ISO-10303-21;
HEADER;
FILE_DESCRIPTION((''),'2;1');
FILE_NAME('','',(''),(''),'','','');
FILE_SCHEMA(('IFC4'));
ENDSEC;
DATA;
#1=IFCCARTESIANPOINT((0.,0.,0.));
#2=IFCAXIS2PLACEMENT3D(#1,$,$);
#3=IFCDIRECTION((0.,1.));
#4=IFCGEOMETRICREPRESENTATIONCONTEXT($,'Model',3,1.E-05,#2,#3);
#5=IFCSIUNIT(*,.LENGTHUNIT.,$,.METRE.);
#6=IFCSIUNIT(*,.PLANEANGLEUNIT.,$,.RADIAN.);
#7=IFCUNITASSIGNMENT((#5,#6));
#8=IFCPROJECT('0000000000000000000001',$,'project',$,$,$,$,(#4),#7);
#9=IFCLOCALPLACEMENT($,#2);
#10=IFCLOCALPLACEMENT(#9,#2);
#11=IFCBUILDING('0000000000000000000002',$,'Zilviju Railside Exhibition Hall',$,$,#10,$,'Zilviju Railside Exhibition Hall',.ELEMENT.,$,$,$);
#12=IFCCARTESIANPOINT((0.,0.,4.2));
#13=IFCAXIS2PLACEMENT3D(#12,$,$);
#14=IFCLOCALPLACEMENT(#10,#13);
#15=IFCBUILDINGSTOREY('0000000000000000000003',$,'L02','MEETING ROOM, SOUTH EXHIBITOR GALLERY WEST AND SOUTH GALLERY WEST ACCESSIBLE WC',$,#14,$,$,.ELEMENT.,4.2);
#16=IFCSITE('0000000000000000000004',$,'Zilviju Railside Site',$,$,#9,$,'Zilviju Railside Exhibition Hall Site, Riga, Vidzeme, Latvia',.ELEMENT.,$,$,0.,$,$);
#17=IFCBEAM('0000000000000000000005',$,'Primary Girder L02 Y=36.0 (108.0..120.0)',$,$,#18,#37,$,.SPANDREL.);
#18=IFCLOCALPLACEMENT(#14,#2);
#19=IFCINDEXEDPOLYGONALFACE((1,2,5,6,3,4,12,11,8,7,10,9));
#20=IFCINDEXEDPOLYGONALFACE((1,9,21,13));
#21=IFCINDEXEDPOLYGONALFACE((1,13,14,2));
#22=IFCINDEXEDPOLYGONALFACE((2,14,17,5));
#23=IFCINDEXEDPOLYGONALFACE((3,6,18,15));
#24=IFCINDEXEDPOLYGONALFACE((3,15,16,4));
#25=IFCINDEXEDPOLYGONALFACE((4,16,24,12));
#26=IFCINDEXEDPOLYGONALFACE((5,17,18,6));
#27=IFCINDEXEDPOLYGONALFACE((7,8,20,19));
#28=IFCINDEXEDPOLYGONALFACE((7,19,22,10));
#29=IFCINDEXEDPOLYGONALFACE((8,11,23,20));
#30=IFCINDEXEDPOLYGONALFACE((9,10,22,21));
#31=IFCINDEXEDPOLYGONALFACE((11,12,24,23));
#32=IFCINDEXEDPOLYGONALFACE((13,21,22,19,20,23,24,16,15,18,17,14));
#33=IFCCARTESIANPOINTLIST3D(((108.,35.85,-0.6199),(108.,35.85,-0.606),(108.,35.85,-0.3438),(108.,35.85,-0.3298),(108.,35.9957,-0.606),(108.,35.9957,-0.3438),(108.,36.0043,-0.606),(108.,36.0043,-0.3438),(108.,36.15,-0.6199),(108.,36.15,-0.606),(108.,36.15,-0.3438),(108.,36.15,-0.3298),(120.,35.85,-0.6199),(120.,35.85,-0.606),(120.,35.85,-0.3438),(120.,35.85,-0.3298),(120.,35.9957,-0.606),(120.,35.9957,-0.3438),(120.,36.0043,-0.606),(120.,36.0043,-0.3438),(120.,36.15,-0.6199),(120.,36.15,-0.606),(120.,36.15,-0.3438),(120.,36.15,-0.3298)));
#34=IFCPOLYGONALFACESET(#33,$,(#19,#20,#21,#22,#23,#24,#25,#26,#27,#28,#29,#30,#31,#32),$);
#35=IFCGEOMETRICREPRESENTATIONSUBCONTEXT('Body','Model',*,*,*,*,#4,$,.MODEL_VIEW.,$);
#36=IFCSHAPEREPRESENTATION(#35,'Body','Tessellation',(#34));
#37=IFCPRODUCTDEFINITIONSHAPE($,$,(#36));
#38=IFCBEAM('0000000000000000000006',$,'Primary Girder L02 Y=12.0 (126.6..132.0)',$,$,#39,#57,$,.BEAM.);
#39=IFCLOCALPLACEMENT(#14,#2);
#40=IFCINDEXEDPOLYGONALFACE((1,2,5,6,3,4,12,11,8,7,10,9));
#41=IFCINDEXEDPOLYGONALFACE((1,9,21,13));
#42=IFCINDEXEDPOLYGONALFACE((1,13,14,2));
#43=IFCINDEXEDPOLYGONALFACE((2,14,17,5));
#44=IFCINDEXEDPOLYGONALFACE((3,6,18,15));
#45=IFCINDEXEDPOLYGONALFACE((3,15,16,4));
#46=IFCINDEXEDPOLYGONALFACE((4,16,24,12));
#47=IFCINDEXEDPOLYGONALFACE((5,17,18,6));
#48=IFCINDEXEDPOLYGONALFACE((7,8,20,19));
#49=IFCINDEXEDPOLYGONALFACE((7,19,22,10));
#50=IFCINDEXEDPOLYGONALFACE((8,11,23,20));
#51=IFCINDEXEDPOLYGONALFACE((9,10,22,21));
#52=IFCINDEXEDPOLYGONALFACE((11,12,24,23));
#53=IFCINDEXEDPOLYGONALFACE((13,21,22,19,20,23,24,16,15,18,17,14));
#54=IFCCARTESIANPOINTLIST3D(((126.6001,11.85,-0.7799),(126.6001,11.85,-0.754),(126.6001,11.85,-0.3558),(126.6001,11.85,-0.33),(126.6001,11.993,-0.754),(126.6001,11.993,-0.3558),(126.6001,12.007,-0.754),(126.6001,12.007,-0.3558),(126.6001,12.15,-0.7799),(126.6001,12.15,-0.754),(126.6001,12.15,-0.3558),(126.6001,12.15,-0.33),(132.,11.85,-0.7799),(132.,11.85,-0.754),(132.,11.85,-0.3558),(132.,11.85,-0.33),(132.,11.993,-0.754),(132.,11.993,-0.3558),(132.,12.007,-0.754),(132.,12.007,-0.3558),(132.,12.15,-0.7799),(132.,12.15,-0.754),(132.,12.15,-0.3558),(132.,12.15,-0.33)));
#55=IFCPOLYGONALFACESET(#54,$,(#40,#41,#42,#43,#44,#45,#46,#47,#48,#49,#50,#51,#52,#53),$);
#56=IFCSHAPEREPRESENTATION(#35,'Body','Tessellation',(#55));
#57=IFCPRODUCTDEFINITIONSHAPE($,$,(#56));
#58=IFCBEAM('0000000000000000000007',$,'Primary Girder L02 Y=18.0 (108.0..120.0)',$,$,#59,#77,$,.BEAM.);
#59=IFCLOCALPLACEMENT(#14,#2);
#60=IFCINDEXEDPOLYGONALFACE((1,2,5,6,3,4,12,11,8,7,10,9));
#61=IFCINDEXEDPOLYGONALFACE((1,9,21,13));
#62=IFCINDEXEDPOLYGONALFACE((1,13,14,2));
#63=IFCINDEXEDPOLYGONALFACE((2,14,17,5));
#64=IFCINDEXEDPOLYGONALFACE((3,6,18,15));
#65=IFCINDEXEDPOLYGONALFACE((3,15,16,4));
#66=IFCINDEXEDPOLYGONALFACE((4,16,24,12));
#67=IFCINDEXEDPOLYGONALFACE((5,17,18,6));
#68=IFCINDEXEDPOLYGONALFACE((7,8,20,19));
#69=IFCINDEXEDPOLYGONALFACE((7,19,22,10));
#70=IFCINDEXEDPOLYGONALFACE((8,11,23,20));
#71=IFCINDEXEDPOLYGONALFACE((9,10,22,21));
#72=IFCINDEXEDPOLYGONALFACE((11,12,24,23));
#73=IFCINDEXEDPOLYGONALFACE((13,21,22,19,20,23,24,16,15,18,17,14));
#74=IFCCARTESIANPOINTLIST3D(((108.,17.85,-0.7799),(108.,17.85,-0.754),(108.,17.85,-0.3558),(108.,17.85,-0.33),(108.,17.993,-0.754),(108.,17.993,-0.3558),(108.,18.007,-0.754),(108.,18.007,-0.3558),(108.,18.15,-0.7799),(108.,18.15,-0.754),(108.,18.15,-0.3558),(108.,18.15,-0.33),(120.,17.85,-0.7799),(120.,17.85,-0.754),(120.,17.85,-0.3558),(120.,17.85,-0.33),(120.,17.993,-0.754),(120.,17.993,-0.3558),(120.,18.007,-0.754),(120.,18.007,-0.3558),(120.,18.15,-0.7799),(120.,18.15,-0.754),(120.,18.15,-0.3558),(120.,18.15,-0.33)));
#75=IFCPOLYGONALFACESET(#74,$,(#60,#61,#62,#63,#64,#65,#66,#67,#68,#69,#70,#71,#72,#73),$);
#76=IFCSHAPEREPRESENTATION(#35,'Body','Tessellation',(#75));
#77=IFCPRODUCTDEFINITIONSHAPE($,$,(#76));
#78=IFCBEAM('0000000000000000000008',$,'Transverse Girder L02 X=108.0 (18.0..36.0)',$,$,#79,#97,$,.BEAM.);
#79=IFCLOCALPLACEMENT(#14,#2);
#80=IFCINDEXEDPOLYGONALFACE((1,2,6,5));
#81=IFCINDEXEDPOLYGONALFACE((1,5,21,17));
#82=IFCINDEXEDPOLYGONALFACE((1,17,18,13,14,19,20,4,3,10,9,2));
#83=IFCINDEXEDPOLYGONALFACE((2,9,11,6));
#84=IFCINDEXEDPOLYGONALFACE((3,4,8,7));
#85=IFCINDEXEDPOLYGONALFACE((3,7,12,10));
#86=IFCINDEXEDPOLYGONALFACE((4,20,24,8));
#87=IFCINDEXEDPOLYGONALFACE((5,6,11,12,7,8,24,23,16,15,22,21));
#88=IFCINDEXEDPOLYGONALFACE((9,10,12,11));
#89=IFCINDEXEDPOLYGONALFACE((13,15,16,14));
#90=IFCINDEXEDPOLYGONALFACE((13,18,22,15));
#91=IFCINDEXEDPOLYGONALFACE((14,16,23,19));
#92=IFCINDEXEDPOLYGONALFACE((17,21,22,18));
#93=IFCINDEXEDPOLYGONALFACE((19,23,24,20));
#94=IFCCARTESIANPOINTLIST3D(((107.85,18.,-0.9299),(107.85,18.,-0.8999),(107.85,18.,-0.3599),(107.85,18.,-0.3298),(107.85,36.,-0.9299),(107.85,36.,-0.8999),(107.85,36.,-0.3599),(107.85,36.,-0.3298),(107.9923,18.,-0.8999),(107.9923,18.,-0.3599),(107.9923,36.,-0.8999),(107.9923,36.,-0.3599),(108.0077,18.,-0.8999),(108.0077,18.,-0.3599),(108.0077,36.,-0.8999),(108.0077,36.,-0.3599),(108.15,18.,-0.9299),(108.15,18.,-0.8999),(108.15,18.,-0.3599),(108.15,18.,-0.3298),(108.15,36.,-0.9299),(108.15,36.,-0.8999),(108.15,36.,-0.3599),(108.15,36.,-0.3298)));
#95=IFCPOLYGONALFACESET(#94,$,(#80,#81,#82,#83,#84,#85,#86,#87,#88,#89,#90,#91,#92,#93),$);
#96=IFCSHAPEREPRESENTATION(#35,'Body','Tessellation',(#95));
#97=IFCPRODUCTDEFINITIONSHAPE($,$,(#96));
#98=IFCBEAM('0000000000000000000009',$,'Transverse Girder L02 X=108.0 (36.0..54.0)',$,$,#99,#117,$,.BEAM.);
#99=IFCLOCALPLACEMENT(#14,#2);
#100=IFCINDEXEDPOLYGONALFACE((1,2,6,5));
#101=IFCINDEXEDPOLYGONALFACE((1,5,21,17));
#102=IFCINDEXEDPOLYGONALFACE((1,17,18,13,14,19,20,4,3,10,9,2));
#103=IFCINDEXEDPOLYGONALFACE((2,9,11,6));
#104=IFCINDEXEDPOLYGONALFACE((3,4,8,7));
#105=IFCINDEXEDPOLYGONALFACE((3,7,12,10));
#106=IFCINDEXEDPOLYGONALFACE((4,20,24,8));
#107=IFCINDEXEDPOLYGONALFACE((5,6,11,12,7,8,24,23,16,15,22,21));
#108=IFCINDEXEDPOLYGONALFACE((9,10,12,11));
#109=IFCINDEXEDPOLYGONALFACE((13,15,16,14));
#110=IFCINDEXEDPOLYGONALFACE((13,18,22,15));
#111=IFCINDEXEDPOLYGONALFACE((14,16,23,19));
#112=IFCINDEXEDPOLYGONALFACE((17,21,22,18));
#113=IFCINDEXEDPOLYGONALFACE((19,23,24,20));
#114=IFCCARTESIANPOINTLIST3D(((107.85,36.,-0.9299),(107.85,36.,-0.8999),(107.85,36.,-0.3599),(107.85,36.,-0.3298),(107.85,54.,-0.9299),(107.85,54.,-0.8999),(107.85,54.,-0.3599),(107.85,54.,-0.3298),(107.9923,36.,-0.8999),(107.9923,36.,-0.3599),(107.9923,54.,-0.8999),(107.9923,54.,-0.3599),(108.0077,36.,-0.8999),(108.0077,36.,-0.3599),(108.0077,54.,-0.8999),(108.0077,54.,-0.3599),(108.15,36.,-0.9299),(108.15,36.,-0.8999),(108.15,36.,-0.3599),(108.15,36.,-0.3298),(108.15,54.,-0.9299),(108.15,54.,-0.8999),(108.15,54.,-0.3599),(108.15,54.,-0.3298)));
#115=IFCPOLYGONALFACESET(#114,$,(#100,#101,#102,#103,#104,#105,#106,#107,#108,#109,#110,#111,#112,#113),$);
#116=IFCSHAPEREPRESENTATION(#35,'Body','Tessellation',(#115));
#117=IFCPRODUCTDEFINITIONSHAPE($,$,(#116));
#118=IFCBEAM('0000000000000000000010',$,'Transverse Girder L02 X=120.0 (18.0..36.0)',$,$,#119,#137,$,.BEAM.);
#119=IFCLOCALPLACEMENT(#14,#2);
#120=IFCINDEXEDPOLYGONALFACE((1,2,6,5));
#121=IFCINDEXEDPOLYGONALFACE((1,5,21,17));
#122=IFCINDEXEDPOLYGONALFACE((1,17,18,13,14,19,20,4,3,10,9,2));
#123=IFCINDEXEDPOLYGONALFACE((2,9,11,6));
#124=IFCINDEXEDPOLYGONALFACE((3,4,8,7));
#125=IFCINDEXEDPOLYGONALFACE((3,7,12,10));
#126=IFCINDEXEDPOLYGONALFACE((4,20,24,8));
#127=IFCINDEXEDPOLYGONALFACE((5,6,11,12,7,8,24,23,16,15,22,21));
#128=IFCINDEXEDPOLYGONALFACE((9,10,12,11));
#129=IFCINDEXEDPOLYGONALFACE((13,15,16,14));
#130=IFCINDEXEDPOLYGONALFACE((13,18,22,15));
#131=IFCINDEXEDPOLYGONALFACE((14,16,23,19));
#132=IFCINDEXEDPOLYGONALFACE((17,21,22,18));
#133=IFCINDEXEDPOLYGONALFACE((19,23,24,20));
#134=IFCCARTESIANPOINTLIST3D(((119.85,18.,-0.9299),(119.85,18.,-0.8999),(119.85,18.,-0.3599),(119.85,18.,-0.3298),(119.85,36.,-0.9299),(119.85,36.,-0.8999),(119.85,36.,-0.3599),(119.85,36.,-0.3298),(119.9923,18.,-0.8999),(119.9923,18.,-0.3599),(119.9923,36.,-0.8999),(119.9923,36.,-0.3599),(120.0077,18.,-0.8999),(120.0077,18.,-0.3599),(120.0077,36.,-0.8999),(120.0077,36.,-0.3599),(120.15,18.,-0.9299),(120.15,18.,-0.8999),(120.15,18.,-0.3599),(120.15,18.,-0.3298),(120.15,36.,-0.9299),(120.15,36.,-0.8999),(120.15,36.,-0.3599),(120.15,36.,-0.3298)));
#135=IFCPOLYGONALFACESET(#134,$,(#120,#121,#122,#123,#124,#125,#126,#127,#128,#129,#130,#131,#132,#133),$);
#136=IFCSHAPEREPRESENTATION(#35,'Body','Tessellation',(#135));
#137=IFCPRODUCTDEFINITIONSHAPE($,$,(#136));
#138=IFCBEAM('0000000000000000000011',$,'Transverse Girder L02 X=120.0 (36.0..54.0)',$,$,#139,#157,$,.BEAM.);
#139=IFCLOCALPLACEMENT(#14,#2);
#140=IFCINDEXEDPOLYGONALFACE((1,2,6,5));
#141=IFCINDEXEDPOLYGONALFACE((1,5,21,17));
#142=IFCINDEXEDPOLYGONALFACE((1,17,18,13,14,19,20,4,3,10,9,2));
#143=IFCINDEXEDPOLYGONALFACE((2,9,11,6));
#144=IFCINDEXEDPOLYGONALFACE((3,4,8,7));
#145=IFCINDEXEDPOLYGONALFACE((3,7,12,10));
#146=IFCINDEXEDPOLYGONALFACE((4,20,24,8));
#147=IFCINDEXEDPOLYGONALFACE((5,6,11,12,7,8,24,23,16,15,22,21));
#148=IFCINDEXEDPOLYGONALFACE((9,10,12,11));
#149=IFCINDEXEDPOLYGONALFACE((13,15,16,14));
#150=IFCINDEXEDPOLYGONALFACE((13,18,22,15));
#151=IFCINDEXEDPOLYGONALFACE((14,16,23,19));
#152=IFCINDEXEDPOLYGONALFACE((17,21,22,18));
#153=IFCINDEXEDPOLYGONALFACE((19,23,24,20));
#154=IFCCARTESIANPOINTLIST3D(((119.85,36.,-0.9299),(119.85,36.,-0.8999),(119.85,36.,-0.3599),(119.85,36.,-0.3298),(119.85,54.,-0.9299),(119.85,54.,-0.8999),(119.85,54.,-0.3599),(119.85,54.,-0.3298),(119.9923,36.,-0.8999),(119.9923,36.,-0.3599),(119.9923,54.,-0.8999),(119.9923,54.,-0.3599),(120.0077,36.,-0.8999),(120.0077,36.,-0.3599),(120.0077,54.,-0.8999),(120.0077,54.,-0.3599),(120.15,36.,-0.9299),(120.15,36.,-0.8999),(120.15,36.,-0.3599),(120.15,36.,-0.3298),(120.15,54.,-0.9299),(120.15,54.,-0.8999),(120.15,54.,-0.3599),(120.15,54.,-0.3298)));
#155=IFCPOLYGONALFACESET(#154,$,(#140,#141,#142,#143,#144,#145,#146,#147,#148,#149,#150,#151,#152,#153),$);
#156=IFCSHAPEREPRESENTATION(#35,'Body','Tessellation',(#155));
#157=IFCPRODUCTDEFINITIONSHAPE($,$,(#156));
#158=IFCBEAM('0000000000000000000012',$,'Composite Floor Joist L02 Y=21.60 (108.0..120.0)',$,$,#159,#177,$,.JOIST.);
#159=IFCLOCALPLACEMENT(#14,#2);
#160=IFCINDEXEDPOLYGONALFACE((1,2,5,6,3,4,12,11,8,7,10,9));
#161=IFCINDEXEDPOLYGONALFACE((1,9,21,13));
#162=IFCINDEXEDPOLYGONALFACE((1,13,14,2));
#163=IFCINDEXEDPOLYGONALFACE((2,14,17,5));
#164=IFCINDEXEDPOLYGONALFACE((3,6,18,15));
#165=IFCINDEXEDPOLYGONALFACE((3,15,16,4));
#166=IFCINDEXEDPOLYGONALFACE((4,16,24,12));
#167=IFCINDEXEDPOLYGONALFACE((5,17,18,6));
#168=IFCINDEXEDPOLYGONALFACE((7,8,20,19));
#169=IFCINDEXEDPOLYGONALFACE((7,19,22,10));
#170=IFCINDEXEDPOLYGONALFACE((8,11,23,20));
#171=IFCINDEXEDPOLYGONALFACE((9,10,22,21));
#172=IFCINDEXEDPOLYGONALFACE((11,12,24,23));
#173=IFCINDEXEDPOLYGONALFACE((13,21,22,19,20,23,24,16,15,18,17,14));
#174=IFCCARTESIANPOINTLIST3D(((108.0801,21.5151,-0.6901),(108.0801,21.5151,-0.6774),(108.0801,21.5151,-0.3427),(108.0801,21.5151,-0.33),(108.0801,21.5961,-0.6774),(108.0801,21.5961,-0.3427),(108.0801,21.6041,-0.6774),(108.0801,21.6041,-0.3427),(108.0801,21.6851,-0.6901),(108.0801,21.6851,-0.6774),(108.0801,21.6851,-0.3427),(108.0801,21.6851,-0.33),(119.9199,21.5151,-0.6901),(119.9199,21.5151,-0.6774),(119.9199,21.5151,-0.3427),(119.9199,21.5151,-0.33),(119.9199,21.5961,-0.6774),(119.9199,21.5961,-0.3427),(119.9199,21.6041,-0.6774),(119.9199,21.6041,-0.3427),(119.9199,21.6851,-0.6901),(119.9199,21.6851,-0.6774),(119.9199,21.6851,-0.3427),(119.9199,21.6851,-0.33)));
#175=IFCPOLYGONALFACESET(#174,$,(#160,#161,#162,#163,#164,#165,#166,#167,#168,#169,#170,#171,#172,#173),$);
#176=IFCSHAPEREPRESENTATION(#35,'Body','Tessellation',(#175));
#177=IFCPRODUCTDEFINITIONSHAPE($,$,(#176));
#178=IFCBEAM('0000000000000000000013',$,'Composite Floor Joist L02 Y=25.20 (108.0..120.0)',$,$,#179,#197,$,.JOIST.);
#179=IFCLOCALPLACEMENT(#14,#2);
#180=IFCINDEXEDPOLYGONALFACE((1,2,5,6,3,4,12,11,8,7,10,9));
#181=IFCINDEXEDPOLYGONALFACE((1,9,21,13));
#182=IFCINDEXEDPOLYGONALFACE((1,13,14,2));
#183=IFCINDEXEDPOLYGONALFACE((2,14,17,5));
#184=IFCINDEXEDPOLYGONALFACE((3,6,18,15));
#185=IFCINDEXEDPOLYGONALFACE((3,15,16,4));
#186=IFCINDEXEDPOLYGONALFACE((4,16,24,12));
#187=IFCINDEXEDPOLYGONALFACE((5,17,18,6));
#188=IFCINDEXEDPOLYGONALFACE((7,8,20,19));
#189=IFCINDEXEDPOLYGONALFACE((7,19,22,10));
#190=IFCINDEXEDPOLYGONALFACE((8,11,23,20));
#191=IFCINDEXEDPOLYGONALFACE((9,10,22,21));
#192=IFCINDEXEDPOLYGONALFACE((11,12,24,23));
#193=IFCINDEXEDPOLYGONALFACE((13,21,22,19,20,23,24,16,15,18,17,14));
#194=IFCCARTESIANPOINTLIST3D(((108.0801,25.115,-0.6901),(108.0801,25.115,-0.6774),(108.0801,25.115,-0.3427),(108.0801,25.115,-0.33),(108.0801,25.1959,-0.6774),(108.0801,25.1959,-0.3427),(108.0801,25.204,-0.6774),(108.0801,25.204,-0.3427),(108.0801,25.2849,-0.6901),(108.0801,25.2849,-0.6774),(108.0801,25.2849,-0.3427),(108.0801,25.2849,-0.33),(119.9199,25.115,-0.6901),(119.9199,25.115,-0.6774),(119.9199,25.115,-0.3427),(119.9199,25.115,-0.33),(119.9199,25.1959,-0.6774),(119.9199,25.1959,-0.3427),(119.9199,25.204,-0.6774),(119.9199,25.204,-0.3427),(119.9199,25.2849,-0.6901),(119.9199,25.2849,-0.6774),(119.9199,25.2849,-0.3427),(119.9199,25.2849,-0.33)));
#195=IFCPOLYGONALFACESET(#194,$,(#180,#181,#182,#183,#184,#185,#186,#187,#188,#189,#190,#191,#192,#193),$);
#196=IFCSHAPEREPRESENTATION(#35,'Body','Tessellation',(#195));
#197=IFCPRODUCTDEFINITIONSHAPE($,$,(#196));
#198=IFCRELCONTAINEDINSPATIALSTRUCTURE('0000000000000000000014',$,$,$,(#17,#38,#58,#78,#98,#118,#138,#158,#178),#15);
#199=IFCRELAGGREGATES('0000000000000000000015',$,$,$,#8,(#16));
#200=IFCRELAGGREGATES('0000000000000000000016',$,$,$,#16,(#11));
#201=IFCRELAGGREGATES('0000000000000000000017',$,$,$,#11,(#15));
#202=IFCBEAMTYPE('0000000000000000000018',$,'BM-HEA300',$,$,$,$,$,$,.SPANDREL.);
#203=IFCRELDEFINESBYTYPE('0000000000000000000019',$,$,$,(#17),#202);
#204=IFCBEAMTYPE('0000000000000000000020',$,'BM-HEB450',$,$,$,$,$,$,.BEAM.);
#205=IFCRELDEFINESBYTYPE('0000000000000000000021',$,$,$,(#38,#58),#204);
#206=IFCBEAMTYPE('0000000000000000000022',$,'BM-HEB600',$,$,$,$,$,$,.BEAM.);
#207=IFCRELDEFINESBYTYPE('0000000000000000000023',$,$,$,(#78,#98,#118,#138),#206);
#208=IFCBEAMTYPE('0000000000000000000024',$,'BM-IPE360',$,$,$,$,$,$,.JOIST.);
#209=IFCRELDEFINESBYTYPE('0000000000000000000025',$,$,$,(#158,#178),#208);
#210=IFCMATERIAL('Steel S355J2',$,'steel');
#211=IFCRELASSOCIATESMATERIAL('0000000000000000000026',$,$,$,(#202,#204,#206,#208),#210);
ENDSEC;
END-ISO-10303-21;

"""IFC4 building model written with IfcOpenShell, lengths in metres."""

from ifc_helpers import new_model, si_unit, direction, frame, origin, origin_2d, place, context, subcontext, project, spatial, i_section, extrude, material, material_profile, profile_set, type_object, element, save


model = new_model("IFC4")

# Units and contexts
model_context = context("Model", 3, precision=1e-05, world=origin(), true_north=direction((0.0, 1.0)))
body_context = subcontext(model_context, "Body", "Model", "MODEL_VIEW")
ifc_project = project(units=[si_unit("LENGTHUNIT", "METRE"), si_unit("PLANEANGLEUNIT", "RADIAN")], contexts=[model_context])

# Site, building, storey
site_placement = place(None, origin())
site = spatial("IfcSite", under=ifc_project, at=site_placement, Name="Zilviju Railside Site", LongName="Zilviju Railside Exhibition Hall Site, Riga, Vidzeme, Latvia", CompositionType="ELEMENT", RefElevation=0.0)
building_placement = place(site_placement, origin())
building = spatial("IfcBuilding", under=site, at=building_placement, Name="Zilviju Railside Exhibition Hall", LongName="Zilviju Railside Exhibition Hall", CompositionType="ELEMENT")
storey_placement = place(building_placement, frame((0.0, 0.0, 4.2)))
storey = spatial("IfcBuildingStorey", under=building, at=storey_placement, Name="L02", Description="MEETING ROOM, SOUTH EXHIBITOR GALLERY WEST AND SOUTH GALLERY WEST ACCESSIBLE WC", CompositionType="ELEMENT", Elevation=4.2)

# Beams
ifc_material_1 = material(Name="Steel S355J2", Category="steel")
ifc_material_profile_1 = material_profile(ifc_material_1, i_section(OverallWidth=0.3, OverallDepth=0.29, WebThickness=0.0085, FlangeThickness=0.0139, at=origin_2d()), Name="HEA 300")
ifc_profile_set_1 = profile_set([ifc_material_profile_1], Name="Steel S355J2")
beam_type_1 = type_object("IfcBeamType", Name="BM-HEA300", PredefinedType="SPANDREL", material=ifc_profile_set_1)
beam_1_placement = place(storey_placement, frame((108.0, 36.0, -0.4749), z_axis=(1.0, 0.0, 0.0), x_axis=(0.0, 1.0, 0.0)))
element("IfcBeam", 1, at=beam_1_placement, inside=storey, type_object=beam_type_1, Name="Primary Girder L02 Y=36.0 (108.0..120.0)", PredefinedType="SPANDREL", context=body_context, shape_type="SweptSolid", body=[
    extrude(i_section(OverallWidth=0.3, OverallDepth=0.29, WebThickness=0.0085, FlangeThickness=0.0139, at=origin_2d()), origin(), (0.0, 0.0, 1.0), 12.0),
])
ifc_material_profile_2 = material_profile(ifc_material_1, i_section(OverallWidth=0.3, OverallDepth=0.45, WebThickness=0.0139, FlangeThickness=0.0259, at=origin_2d()), Name="HEB 450")
ifc_profile_set_2 = profile_set([ifc_material_profile_2], Name="Steel S355J2")
beam_type_2 = type_object("IfcBeamType", Name="BM-HEB450", PredefinedType="BEAM", material=ifc_profile_set_2)
beam_2_placement = place(storey_placement, frame((126.6001, 12.0, -0.5549), z_axis=(1.0, 0.0, 0.0), x_axis=(0.0, 1.0, 0.0)))
element("IfcBeam", 2, at=beam_2_placement, inside=storey, type_object=beam_type_2, Name="Primary Girder L02 Y=12.0 (126.6..132.0)", PredefinedType="BEAM", context=body_context, shape_type="SweptSolid", body=[
    extrude(i_section(OverallWidth=0.3, OverallDepth=0.45, WebThickness=0.0139, FlangeThickness=0.0259, at=origin_2d()), origin(), (0.0, 0.0, 1.0), 5.3999),
])
beam_3_placement = place(storey_placement, frame((108.0, 18.0, -0.5549), z_axis=(1.0, 0.0, 0.0), x_axis=(0.0, 1.0, 0.0)))
element("IfcBeam", 3, at=beam_3_placement, inside=storey, type_object=beam_type_2, Name="Primary Girder L02 Y=18.0 (108.0..120.0)", PredefinedType="BEAM", context=body_context, shape_type="SweptSolid", body=[
    extrude(i_section(OverallWidth=0.3, OverallDepth=0.45, WebThickness=0.0139, FlangeThickness=0.0259, at=origin_2d()), origin(), (0.0, 0.0, 1.0), 12.0),
])
ifc_material_profile_3 = material_profile(ifc_material_1, i_section(OverallWidth=0.3, OverallDepth=0.6001, WebThickness=0.0154, FlangeThickness=0.03, at=origin_2d()), Name="HEB 600")
ifc_profile_set_3 = profile_set([ifc_material_profile_3], Name="Steel S355J2")
beam_type_3 = type_object("IfcBeamType", Name="BM-HEB600", PredefinedType="BEAM", material=ifc_profile_set_3)
for number, where, z_axis, x_axis, name in (
    (4, (108.0, 18.0, -0.6299), (0.0, 1.0, 0.0), (-1.0, 0.0, 0.0), "Transverse Girder L02 X=108.0 (18.0..36.0)"),
    (5, (108.0, 36.0, -0.6299), (0.0, 1.0, 0.0), (-1.0, 0.0, 0.0), "Transverse Girder L02 X=108.0 (36.0..54.0)"),
    (6, (120.0, 18.0, -0.6299), (0.0, 1.0, 0.0), (-1.0, 0.0, 0.0), "Transverse Girder L02 X=120.0 (18.0..36.0)"),
    (7, (120.0, 36.0, -0.6299), (0.0, 1.0, 0.0), (-1.0, 0.0, 0.0), "Transverse Girder L02 X=120.0 (36.0..54.0)"),
):
    element("IfcBeam", number, at=place(storey_placement, frame(where, z_axis=z_axis, x_axis=x_axis)), inside=storey, type_object=beam_type_3, Name=name, PredefinedType="BEAM", context=body_context, shape_type="SweptSolid", body=[
        extrude(i_section(OverallWidth=0.3, OverallDepth=0.6001, WebThickness=0.0154, FlangeThickness=0.03, at=origin_2d()), origin(), (0.0, 0.0, 1.0), 18.0),
    ])
ifc_material_profile_4 = material_profile(ifc_material_1, i_section(OverallWidth=0.1699, OverallDepth=0.3601, WebThickness=0.0081, FlangeThickness=0.0127, at=origin_2d()), Name="IPE 360")
ifc_profile_set_4 = profile_set([ifc_material_profile_4], Name="Steel S355J2")
beam_type_4 = type_object("IfcBeamType", Name="BM-IPE360", PredefinedType="JOIST", material=ifc_profile_set_4)
for number, where, z_axis, x_axis, name in (
    (8, (108.0801, 21.6001, -0.51), (1.0, 0.0, 0.0), (0.0, 1.0, 0.0), "Composite Floor Joist L02 Y=21.60 (108.0..120.0)"),
    (9, (108.0801, 25.2, -0.51), (1.0, 0.0, 0.0), (0.0, 1.0, 0.0), "Composite Floor Joist L02 Y=25.20 (108.0..120.0)"),
):
    element("IfcBeam", number, at=place(storey_placement, frame(where, z_axis=z_axis, x_axis=x_axis)), inside=storey, type_object=beam_type_4, Name=name, PredefinedType="JOIST", context=body_context, shape_type="SweptSolid", body=[
        extrude(i_section(OverallWidth=0.1699, OverallDepth=0.3601, WebThickness=0.0081, FlangeThickness=0.0127, at=origin_2d()), origin(), (0.0, 0.0, 1.0), 11.8398),
    ])

save(model, "model.ifc")
